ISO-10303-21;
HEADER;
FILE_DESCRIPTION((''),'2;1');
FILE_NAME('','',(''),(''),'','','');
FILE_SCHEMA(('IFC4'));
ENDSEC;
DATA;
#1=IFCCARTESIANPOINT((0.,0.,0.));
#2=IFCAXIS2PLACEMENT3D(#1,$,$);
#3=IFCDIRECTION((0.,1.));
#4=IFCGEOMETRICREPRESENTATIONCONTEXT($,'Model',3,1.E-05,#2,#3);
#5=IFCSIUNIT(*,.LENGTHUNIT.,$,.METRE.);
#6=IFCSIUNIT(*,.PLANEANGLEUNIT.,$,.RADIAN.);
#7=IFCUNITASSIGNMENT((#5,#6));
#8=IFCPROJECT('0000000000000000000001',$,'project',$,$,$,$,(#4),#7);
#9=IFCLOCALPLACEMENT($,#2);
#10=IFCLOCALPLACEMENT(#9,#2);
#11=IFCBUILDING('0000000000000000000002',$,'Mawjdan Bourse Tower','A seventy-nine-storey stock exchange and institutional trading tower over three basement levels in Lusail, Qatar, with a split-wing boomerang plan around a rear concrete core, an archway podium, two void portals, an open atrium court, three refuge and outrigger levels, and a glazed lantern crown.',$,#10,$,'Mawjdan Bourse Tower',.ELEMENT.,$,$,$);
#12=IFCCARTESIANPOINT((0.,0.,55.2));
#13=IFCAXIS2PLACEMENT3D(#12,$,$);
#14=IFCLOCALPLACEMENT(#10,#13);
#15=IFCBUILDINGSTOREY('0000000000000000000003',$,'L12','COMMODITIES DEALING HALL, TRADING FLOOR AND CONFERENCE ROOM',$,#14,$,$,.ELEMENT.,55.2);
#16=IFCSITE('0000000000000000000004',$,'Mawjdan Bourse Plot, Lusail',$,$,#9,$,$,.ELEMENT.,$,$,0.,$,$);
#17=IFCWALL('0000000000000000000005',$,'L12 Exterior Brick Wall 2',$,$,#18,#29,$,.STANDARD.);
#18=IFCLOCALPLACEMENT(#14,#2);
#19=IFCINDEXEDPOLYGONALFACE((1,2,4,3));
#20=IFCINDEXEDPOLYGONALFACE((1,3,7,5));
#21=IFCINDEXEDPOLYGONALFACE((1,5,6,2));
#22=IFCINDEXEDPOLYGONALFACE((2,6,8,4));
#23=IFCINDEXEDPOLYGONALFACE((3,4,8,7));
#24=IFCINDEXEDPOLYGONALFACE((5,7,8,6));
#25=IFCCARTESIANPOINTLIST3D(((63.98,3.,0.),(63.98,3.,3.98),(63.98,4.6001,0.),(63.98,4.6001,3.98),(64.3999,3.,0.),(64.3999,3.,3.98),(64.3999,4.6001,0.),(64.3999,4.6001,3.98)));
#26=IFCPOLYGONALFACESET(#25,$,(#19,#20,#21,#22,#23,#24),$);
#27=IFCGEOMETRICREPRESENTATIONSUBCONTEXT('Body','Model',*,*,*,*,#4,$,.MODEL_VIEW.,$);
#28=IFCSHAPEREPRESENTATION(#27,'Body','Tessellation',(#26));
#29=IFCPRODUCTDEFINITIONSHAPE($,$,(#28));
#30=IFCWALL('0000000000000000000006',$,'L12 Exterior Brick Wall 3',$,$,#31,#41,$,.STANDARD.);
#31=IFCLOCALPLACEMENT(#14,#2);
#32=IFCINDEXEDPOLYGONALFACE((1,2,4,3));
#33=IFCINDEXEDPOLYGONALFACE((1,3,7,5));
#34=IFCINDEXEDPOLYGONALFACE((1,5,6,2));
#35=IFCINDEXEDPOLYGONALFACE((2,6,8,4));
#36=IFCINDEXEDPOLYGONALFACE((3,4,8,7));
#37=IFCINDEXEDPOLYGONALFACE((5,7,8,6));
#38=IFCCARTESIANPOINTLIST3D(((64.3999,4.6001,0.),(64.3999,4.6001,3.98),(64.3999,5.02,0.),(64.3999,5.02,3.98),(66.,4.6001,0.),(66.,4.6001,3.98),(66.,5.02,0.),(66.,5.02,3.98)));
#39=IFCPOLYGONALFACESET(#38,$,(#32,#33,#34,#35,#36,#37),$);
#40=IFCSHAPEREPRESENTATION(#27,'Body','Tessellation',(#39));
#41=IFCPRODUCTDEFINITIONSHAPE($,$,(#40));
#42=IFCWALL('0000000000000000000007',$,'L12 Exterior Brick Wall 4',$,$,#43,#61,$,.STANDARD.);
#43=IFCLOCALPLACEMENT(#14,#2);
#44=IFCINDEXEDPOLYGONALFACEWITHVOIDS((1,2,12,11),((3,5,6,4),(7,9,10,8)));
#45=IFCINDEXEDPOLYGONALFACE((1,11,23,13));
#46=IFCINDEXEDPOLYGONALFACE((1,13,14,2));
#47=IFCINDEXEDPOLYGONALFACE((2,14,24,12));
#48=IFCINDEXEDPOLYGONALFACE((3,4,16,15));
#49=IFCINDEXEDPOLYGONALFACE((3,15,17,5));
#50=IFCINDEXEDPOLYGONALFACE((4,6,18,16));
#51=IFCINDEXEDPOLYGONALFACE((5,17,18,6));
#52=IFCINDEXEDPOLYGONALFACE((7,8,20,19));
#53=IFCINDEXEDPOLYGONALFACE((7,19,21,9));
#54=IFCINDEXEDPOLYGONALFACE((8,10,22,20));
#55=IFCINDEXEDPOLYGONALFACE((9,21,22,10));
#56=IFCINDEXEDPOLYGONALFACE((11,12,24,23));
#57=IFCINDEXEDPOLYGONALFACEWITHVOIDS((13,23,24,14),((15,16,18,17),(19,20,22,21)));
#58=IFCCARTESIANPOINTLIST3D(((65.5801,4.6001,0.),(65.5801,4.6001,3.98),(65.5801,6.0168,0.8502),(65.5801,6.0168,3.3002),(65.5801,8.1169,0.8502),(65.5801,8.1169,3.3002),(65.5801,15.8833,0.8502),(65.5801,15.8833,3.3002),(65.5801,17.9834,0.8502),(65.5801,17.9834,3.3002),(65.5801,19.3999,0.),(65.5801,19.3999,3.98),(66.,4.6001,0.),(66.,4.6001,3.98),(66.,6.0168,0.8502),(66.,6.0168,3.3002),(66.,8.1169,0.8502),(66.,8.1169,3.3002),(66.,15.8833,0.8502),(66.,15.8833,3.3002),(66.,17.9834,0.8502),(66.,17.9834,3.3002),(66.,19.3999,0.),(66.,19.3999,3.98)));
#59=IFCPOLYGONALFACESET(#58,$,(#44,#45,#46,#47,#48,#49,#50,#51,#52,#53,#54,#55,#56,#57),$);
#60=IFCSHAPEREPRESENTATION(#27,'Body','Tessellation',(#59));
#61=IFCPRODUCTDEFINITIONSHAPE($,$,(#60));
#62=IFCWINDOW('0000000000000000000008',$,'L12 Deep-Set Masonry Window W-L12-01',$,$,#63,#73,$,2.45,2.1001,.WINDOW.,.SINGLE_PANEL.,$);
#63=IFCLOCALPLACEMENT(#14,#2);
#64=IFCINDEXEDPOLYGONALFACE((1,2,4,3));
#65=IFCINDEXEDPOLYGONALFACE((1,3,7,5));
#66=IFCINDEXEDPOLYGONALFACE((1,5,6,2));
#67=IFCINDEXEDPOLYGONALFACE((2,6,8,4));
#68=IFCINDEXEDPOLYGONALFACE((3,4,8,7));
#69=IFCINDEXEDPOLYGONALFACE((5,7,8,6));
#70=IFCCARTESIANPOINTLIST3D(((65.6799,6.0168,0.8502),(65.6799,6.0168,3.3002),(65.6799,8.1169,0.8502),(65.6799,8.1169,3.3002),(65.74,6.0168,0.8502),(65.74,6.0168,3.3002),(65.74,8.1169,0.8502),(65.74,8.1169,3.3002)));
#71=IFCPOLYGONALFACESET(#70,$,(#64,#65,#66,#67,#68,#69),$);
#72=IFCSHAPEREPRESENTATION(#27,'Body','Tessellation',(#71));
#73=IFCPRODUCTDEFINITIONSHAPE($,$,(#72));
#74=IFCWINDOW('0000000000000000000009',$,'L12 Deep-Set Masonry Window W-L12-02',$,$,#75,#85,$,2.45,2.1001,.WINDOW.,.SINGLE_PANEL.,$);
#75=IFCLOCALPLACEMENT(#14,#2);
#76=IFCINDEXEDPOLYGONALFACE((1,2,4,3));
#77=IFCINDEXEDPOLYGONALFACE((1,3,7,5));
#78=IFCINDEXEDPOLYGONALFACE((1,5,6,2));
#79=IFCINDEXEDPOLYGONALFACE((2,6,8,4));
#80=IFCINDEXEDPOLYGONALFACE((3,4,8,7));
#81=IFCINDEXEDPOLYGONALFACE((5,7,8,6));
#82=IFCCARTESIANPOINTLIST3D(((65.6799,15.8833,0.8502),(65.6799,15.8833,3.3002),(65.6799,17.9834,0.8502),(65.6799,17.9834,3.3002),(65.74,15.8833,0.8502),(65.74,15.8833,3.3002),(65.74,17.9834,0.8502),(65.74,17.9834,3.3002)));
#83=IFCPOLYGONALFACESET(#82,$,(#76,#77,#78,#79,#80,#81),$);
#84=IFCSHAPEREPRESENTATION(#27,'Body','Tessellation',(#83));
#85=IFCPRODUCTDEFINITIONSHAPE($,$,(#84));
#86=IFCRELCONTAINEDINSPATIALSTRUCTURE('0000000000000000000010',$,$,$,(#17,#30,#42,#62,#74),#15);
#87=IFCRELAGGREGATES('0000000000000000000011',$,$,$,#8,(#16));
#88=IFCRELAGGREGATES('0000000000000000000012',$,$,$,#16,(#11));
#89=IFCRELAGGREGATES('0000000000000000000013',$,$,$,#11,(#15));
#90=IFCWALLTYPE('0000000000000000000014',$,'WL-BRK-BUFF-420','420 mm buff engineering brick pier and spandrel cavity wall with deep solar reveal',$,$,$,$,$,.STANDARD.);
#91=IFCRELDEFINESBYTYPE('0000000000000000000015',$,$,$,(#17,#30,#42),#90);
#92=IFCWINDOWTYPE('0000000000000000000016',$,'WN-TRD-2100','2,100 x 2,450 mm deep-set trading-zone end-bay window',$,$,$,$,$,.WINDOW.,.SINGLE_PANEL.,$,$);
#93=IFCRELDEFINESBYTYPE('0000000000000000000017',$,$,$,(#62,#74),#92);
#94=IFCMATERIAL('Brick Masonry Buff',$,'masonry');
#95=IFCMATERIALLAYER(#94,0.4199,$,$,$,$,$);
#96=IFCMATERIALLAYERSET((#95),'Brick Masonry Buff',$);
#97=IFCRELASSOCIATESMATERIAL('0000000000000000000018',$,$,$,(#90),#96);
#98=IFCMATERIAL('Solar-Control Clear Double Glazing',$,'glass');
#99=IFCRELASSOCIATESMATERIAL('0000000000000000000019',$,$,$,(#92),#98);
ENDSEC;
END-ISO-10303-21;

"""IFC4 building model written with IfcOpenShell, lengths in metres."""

from ifc_helpers import new_model, si_unit, direction, frame, frame_2d, origin, place, context, subcontext, project, spatial, rectangle, extrude, material, layer, layer_set, type_object, element, fill, save


model = new_model("IFC4")

# Units and contexts
model_context = context("Model", 3, precision=1e-05, world=origin(), true_north=direction((0.0, 1.0)))
body_context = subcontext(model_context, "Body", "Model", "MODEL_VIEW")
ifc_project = project(units=[si_unit("LENGTHUNIT", "METRE"), si_unit("PLANEANGLEUNIT", "RADIAN")], contexts=[model_context])

# Site, building, storey
site_placement = place(None, origin())
site = spatial("IfcSite", under=ifc_project, at=site_placement, Name="Mawjdan Bourse Plot, Lusail", CompositionType="ELEMENT", RefElevation=0.0)
building_placement = place(site_placement, origin())
building = spatial("IfcBuilding", under=site, at=building_placement, Name="Mawjdan Bourse Tower", Description="A seventy-nine-storey stock exchange and institutional trading tower over three basement levels in Lusail, Qatar, with a split-wing boomerang plan around a rear concrete core, an archway podium, two void portals, an open atrium court, three refuge and outrigger levels, and a glazed lantern crown.", LongName="Mawjdan Bourse Tower", CompositionType="ELEMENT")
storey_placement = place(building_placement, frame((0.0, 0.0, 55.2)))
storey = spatial("IfcBuildingStorey", under=building, at=storey_placement, Name="L12", Description="COMMODITIES DEALING HALL, TRADING FLOOR AND CONFERENCE ROOM", CompositionType="ELEMENT", Elevation=55.2)

# Walls
ifc_material_1 = material(Name="Brick Masonry Buff", Category="masonry")
ifc_layer = layer(ifc_material_1, 0.4199)
ifc_layer_set = layer_set([ifc_layer], Name="Brick Masonry Buff")
wall_type = type_object("IfcWallType", Name="WL-BRK-BUFF-420", Description="420 mm buff engineering brick pier and spandrel cavity wall with deep solar reveal", PredefinedType="STANDARD", material=ifc_layer_set)
for number, where, z_axis, x_axis, name in (
    (1, (64.1899, 3.0, 0.0), (0.0, 0.0, 1.0), (0.0, 1.0, 0.0), "L12 Exterior Brick Wall 2"),
    (2, (64.3999, 4.8101, 0.0), (0.0, 0.0, 1.0), (1.0, 0.0, 0.0), "L12 Exterior Brick Wall 3"),
):
    element("IfcWall", number, at=place(storey_placement, frame(where, z_axis=z_axis, x_axis=x_axis)), inside=storey, type_object=wall_type, Name=name, PredefinedType="STANDARD", context=body_context, shape_type="SweptSolid", body=[
        extrude(rectangle(XDim=1.6001, YDim=0.4199, at=frame_2d((0.8, 0.0))), origin(), (0.0, 0.0, 1.0), 3.98),
    ])

# Wall, openings, windows
wall_placement = place(storey_placement, frame((65.79, 4.6001, 0.0), z_axis=(0.0, 0.0, 1.0), x_axis=(0.0, 1.0, 0.0)))
wall = element("IfcWall", 3, at=wall_placement, inside=storey, type_object=wall_type, Name="L12 Exterior Brick Wall 4", PredefinedType="STANDARD", context=body_context, shape_type="SweptSolid", body=[
    extrude(rectangle(XDim=14.7998, YDim=0.4199, at=frame_2d((7.3999, 0.0))), origin(), (0.0, 0.0, 1.0), 3.98),
])
opening_1_placement = place(wall_placement, frame((1.4167, 0.0, 0.8501)))
opening_1 = element("IfcOpeningElement", 4, at=opening_1_placement, cuts=wall, PredefinedType="OPENING", context=body_context, shape_type="SweptSolid", body=[
    extrude(rectangle(XDim=2.1001, YDim=2.45, at=frame_2d((1.05, 1.2251))), frame((0.0, 0.22, 0.0), z_axis=(0.0, -1.0, 0.0), x_axis=(1.0, 0.0, 0.0)), (0.0, 0.0, 1.0), 0.4399),
])
opening_2_placement = place(wall_placement, frame((11.2832, 0.0, 0.8501)))
opening_2 = element("IfcOpeningElement", 5, at=opening_2_placement, cuts=wall, PredefinedType="OPENING", context=body_context, shape_type="SweptSolid", body=[
    extrude(rectangle(XDim=2.1001, YDim=2.45, at=frame_2d((1.05, 1.2251))), frame((0.0, 0.22, 0.0), z_axis=(0.0, -1.0, 0.0), x_axis=(1.0, 0.0, 0.0)), (0.0, 0.0, 1.0), 0.4399),
])
ifc_material_2 = material(Name="Solar-Control Clear Double Glazing", Category="glass")
window_type = type_object("IfcWindowType", Name="WN-TRD-2100", Description="2,100 x 2,450 mm deep-set trading-zone end-bay window", PartitioningType="SINGLE_PANEL", PredefinedType="WINDOW", material=ifc_material_2)
window_1_placement = place(opening_1_placement, origin())
window_1 = element("IfcWindow", 6, at=window_1_placement, inside=storey, type_object=window_type, Name="L12 Deep-Set Masonry Window W-L12-01", OverallHeight=2.45, OverallWidth=2.1001, PartitioningType="SINGLE_PANEL", PredefinedType="WINDOW", context=body_context, shape_type="SweptSolid", body=[
    extrude(rectangle(XDim=2.1001, YDim=2.45, at=frame_2d((1.05, 1.2251))), frame((0.0, 0.1101, 0.0), z_axis=(0.0, -1.0, 0.0), x_axis=(1.0, 0.0, 0.0)), (0.0, 0.0, 1.0), 0.0601),
])
fill(opening_1, window_1)
window_2_placement = place(opening_2_placement, origin())
window_2 = element("IfcWindow", 7, at=window_2_placement, inside=storey, type_object=window_type, Name="L12 Deep-Set Masonry Window W-L12-02", OverallHeight=2.45, OverallWidth=2.1001, PartitioningType="SINGLE_PANEL", PredefinedType="WINDOW", context=body_context, shape_type="SweptSolid", body=[
    extrude(rectangle(XDim=2.1001, YDim=2.45, at=frame_2d((1.05, 1.2251))), frame((0.0, 0.1101, 0.0), z_axis=(0.0, -1.0, 0.0), x_axis=(1.0, 0.0, 0.0)), (0.0, 0.0, 1.0), 0.0601),
])
fill(opening_2, window_2)

save(model, "model.ifc")
